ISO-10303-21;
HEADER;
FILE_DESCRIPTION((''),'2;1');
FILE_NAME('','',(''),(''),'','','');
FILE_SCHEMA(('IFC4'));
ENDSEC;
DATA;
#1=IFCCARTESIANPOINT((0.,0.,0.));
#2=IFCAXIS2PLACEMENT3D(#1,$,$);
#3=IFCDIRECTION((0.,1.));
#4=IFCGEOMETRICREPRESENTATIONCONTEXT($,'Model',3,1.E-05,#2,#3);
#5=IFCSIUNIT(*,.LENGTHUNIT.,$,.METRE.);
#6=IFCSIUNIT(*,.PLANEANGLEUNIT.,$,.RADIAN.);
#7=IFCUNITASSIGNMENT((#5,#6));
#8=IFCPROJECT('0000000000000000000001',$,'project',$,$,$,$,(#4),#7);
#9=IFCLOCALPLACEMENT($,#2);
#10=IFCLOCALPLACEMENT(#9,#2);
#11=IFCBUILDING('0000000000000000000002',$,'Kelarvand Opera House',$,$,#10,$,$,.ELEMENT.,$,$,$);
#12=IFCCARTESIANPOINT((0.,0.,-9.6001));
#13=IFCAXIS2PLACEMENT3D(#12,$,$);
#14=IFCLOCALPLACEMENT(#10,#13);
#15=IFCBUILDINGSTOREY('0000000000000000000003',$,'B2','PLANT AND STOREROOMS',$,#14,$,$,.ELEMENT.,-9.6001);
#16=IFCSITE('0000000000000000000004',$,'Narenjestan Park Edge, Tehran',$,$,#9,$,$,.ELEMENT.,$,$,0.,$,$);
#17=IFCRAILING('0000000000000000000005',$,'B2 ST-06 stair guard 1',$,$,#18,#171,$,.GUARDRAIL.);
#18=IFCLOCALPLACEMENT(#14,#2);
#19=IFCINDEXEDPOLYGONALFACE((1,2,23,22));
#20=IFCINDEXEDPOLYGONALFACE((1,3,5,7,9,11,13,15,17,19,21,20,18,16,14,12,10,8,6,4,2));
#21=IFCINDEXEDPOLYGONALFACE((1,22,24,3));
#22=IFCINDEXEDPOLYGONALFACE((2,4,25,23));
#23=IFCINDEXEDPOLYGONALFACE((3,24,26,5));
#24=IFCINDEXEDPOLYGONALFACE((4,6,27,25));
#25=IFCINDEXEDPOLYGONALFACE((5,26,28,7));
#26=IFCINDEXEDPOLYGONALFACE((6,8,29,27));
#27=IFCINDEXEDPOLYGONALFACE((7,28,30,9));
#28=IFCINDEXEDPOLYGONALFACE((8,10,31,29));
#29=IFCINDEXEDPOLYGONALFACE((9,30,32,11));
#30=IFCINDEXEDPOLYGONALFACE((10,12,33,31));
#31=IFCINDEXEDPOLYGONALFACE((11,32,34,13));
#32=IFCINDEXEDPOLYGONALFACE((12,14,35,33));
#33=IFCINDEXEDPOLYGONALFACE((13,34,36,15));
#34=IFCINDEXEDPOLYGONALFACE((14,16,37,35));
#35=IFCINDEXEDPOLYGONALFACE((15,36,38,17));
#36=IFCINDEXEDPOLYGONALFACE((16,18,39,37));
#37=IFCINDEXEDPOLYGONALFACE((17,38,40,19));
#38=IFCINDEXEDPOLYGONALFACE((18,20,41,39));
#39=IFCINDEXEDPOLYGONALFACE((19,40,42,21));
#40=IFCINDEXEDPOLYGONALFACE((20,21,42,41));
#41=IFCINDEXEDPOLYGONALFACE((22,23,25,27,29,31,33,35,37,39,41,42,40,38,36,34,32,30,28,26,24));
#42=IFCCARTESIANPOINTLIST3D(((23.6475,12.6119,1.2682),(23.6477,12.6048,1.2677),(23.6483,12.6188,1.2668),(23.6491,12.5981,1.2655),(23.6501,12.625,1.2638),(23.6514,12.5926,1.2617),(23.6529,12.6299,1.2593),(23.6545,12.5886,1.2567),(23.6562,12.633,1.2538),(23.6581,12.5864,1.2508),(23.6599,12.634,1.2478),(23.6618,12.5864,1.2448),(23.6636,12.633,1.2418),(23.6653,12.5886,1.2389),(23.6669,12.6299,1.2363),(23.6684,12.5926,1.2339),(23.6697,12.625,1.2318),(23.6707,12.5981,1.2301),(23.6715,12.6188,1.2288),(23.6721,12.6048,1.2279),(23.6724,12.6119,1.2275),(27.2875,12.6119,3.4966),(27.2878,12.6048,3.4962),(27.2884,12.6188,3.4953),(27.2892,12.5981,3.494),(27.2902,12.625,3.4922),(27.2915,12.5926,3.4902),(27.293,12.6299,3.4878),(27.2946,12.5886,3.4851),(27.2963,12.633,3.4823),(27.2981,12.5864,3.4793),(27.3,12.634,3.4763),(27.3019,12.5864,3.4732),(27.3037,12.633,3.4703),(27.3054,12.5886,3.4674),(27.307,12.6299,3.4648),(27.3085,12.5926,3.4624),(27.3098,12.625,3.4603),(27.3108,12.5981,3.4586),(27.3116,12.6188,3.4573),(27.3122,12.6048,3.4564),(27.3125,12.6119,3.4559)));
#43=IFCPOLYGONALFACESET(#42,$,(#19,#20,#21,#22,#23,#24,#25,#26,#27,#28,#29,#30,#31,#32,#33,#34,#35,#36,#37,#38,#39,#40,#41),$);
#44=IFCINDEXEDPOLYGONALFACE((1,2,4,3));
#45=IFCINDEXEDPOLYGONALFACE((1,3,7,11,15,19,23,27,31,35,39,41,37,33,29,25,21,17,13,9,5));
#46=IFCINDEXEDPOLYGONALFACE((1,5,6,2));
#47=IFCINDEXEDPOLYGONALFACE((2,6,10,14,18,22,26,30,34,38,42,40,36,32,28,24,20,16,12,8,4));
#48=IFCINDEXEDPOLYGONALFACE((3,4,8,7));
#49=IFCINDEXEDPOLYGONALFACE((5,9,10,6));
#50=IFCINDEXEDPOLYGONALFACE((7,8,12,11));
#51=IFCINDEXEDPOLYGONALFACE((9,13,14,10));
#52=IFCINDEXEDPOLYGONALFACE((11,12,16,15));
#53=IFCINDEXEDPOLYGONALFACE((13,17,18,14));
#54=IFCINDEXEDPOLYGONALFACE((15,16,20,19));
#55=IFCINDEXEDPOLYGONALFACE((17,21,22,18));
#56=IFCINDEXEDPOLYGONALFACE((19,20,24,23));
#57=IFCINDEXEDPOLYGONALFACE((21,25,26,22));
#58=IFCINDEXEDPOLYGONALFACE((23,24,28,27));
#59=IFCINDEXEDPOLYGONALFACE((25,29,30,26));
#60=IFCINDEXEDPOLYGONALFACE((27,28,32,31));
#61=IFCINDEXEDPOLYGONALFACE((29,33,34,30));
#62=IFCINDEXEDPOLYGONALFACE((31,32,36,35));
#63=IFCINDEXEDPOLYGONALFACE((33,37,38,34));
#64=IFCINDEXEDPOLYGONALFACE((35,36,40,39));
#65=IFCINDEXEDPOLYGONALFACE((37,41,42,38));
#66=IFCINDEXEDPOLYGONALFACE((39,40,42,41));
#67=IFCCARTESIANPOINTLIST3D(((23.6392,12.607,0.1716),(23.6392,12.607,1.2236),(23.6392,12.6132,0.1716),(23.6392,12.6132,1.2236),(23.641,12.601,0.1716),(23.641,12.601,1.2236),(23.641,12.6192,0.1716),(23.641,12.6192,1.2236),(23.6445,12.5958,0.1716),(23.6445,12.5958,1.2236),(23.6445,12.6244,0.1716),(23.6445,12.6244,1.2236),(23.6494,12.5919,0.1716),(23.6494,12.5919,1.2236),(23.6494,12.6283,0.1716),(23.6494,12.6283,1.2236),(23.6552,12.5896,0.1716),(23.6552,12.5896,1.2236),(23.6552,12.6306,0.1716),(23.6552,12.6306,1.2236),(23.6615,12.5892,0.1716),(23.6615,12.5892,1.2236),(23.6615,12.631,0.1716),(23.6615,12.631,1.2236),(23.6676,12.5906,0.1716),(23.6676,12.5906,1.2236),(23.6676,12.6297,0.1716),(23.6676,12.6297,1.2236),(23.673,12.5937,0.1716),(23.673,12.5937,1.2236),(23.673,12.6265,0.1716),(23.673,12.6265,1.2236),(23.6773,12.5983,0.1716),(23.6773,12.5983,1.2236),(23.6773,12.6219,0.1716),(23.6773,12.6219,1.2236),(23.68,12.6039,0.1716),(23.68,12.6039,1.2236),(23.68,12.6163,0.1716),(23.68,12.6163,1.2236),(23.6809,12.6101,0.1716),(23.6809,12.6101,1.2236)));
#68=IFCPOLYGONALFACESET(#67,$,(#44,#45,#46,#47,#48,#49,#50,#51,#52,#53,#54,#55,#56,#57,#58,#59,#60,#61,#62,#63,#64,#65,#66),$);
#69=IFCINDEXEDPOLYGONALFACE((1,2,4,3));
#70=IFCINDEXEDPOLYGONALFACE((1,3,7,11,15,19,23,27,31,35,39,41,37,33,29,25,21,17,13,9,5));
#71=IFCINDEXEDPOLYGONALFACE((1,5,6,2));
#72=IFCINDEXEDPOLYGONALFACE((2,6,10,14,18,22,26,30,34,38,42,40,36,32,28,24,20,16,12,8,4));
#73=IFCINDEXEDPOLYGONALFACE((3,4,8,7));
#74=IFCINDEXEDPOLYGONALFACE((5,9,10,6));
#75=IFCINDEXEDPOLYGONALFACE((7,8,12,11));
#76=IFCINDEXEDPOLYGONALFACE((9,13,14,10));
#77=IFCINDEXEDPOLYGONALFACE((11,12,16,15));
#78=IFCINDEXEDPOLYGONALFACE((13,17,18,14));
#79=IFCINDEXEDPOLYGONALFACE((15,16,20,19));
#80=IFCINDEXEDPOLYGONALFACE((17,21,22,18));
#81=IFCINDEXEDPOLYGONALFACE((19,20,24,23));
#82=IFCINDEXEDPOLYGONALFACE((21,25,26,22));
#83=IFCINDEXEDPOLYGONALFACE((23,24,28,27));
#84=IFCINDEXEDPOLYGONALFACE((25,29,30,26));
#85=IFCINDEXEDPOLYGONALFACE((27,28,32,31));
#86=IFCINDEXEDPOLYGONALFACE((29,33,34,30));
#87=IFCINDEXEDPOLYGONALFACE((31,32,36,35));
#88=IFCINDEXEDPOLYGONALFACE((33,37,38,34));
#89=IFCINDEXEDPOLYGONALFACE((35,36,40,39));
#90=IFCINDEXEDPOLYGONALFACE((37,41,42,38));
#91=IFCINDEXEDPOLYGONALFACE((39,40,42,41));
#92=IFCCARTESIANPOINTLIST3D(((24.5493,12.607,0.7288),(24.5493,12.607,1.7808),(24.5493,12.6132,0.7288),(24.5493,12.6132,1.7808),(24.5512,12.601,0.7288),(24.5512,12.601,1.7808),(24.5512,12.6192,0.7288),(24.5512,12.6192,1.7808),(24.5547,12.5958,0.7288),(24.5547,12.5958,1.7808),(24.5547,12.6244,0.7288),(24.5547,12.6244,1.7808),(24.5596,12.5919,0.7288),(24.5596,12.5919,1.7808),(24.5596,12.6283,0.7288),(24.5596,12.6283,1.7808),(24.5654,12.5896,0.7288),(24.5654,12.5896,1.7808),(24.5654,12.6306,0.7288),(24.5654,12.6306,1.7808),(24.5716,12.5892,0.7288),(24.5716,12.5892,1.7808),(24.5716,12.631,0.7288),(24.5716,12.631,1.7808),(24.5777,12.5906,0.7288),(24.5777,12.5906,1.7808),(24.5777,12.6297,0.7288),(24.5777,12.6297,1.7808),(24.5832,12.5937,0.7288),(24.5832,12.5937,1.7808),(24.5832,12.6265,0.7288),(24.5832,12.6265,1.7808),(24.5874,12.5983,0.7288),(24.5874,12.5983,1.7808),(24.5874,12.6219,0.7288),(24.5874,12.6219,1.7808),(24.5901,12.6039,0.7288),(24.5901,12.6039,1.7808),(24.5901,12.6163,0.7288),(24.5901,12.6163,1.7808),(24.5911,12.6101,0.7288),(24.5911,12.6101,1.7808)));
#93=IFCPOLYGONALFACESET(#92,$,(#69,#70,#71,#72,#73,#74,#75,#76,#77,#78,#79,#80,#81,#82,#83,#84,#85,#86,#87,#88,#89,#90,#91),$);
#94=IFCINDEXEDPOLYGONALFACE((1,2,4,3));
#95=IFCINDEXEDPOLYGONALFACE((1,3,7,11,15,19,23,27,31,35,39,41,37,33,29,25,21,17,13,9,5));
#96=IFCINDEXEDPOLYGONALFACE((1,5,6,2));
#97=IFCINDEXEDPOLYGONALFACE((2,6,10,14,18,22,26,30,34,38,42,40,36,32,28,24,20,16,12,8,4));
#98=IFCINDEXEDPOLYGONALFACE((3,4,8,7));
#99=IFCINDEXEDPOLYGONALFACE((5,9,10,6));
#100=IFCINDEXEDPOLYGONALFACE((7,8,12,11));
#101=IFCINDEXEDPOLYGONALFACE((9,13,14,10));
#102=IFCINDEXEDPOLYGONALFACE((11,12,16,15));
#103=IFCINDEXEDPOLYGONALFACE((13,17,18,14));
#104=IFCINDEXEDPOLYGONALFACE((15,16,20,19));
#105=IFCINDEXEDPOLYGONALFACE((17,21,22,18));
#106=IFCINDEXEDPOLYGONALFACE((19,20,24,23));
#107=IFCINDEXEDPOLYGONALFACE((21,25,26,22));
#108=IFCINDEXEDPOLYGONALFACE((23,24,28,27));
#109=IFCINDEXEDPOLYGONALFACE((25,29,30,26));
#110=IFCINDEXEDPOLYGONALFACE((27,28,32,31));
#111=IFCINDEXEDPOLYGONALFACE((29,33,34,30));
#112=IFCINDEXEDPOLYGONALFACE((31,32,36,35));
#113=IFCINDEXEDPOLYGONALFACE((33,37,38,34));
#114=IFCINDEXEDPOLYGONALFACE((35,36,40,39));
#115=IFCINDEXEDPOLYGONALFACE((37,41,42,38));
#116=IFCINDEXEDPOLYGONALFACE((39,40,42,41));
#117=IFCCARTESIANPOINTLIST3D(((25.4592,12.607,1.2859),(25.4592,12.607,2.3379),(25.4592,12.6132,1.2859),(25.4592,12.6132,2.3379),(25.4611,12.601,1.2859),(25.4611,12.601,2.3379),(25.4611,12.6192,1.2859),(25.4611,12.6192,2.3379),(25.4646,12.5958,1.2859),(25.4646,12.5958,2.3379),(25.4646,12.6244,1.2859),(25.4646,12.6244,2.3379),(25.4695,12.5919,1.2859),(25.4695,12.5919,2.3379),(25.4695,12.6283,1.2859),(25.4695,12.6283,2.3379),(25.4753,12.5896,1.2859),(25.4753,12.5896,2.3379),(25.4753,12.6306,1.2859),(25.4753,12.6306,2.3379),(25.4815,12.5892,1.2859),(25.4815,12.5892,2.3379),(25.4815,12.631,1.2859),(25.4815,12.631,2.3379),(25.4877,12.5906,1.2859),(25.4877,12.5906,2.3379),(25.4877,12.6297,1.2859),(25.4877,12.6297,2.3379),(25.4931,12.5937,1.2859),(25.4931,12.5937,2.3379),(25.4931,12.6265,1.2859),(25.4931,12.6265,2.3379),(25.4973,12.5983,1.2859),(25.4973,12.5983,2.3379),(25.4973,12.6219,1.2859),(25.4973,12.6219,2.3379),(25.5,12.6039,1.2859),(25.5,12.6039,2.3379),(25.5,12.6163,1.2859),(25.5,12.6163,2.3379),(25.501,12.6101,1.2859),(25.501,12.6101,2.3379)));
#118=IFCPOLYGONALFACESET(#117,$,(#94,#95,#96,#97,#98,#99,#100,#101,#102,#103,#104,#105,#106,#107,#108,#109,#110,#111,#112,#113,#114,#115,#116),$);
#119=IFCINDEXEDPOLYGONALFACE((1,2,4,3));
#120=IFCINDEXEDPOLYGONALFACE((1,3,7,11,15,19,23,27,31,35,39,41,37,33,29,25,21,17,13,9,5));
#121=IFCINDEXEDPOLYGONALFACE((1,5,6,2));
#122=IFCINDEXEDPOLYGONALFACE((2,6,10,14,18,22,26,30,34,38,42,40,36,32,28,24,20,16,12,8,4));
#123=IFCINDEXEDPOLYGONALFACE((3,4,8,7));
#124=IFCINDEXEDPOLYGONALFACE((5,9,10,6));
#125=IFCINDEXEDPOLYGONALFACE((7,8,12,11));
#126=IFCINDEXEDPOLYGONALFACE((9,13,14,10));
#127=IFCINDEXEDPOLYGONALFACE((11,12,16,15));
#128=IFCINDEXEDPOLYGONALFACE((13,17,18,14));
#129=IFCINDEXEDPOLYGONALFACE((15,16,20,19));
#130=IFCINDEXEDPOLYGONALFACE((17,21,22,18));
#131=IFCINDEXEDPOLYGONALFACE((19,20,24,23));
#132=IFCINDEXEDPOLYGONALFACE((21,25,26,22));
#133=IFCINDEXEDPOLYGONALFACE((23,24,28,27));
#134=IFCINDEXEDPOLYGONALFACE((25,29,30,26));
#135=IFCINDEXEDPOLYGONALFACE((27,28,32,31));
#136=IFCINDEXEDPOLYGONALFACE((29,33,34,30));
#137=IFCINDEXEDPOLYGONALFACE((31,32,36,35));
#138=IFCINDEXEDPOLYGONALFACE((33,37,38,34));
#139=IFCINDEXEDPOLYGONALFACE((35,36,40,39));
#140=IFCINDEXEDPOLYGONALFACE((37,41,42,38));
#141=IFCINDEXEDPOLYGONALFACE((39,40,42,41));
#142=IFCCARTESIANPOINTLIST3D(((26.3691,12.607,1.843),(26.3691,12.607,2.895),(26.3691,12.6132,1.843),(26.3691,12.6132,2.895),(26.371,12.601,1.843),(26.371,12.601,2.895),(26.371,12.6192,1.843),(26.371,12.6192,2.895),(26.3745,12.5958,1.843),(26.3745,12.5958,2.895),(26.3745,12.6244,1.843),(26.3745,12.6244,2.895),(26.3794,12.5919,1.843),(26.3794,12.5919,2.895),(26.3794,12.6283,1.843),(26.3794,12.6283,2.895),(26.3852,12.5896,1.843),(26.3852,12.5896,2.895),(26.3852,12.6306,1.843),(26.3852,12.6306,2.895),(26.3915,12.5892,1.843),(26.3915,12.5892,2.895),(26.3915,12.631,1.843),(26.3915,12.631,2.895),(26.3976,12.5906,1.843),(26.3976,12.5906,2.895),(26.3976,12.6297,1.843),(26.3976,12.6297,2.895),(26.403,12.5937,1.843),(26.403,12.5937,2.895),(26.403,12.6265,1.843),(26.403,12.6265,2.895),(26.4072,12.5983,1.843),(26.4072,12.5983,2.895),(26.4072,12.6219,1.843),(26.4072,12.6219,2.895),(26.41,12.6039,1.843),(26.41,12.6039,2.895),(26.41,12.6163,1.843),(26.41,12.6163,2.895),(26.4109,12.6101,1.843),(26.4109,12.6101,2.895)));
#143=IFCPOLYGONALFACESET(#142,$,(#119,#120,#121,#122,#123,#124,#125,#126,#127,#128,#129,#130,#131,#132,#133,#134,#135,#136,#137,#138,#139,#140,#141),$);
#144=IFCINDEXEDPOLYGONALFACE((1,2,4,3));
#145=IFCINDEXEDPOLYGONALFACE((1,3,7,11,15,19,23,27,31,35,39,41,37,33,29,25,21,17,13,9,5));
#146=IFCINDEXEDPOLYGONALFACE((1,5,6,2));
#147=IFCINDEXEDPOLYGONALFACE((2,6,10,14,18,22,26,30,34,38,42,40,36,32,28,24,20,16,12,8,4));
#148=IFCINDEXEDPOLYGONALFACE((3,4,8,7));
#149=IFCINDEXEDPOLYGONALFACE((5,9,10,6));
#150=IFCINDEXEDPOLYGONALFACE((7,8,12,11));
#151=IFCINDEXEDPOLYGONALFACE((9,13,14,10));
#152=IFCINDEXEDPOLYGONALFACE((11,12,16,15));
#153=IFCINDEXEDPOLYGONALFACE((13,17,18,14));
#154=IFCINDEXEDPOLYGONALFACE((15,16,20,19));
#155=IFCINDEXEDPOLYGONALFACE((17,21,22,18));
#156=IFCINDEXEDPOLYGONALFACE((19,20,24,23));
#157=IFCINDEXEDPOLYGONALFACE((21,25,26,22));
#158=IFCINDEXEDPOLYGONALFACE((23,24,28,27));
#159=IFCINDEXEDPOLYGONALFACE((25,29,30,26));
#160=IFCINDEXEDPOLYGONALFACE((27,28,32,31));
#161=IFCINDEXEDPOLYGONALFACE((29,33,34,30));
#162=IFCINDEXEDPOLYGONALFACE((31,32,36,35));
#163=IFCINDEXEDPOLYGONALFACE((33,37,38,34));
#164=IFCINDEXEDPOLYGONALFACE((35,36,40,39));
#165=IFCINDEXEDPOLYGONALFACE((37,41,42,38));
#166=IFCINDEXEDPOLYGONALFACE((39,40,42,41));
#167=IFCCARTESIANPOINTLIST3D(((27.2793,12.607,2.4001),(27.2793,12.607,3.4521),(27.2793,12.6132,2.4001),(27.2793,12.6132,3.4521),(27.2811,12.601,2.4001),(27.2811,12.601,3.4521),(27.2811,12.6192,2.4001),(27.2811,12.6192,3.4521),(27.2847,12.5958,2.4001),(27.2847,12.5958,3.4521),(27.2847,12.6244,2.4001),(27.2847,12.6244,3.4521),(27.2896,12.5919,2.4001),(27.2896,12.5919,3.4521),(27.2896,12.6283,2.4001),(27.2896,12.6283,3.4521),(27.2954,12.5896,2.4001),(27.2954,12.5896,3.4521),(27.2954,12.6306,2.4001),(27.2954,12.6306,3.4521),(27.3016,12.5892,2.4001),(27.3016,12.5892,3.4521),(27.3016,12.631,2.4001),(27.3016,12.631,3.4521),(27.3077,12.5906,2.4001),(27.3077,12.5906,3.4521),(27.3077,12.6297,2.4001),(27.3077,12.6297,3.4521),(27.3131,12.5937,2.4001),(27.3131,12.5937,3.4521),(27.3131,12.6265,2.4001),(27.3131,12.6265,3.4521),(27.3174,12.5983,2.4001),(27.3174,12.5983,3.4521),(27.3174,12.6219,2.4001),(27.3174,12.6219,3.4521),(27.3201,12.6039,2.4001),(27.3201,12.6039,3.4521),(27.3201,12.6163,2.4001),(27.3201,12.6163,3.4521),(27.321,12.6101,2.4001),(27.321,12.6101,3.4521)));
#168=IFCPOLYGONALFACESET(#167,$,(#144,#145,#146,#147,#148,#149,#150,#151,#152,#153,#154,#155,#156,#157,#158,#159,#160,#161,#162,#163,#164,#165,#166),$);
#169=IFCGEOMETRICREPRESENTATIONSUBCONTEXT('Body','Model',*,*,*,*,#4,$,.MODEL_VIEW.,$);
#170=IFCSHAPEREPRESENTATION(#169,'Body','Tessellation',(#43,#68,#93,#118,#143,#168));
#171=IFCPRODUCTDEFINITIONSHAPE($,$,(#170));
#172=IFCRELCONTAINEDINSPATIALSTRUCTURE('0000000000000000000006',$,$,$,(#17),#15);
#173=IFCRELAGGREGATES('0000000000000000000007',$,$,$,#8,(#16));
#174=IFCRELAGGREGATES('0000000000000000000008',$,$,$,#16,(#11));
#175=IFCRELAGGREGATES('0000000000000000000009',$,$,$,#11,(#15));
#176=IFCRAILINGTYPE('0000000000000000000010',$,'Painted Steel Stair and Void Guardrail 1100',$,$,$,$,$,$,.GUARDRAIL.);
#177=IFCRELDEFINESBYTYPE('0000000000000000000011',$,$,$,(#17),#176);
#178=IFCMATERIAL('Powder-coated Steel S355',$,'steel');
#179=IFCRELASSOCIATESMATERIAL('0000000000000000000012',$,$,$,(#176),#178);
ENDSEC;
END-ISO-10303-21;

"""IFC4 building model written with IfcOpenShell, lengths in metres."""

from ifc_helpers import new_model, si_unit, direction, frame, origin, origin_2d, place, context, subcontext, project, spatial, circle, extrude, material, type_object, element, save


model = new_model("IFC4")

# Units and contexts
model_context = context("Model", 3, precision=1e-05, world=origin(), true_north=direction((0.0, 1.0)))
body_context = subcontext(model_context, "Body", "Model", "MODEL_VIEW")
ifc_project = project(units=[si_unit("LENGTHUNIT", "METRE"), si_unit("PLANEANGLEUNIT", "RADIAN")], contexts=[model_context])

# Site, building, storey
site_placement = place(None, origin())
site = spatial("IfcSite", under=ifc_project, at=site_placement, Name="Narenjestan Park Edge, Tehran", CompositionType="ELEMENT", RefElevation=0.0)
building_placement = place(site_placement, origin())
building = spatial("IfcBuilding", under=site, at=building_placement, Name="Kelarvand Opera House", CompositionType="ELEMENT")
storey_placement = place(building_placement, frame((0.0, 0.0, -9.6001)))
storey = spatial("IfcBuildingStorey", under=building, at=storey_placement, Name="B2", Description="PLANT AND STOREROOMS", CompositionType="ELEMENT", Elevation=-9.6001)

# Railing
ifc_material_1 = material(Name="Powder-coated Steel S355", Category="steel")
railing_type_1 = type_object("IfcRailingType", Name="Painted Steel Stair and Void Guardrail 1100", PredefinedType="GUARDRAIL", material=ifc_material_1)
railing_1_placement = place(storey_placement, frame((23.6599, 12.6101, 0.1716)))
element("IfcRailing", 1, at=railing_1_placement, inside=storey, type_object=railing_type_1, Name="B2 ST-06 stair guard 1", PredefinedType="GUARDRAIL", context=body_context, shape_type="SweptSolid", body=[
    extrude(circle(Radius=0.0239, at=origin_2d()), frame((0.0, 0.0, 1.0762), z_axis=(0.852866, 0.0, 0.52213), x_axis=(0.0, 1.0, 0.0)), (0.0, 0.0, 1.0), 4.2681),
    extrude(circle(Radius=0.021, at=origin_2d()), origin(), (0.0, 0.0, 1.0), 1.052),
    extrude(circle(Radius=0.021, at=origin_2d()), frame((0.9102, 0.0, 0.5571)), (0.0, 0.0, 1.0), 1.052),
    extrude(circle(Radius=0.021, at=origin_2d()), frame((1.8201, 0.0, 1.1143)), (0.0, 0.0, 1.0), 1.052),
    extrude(circle(Radius=0.021, at=origin_2d()), frame((2.73, 0.0, 1.6714)), (0.0, 0.0, 1.0), 1.052),
    extrude(circle(Radius=0.021, at=origin_2d()), frame((3.6401, 0.0, 2.2285)), (0.0, 0.0, 1.0), 1.052),
])

save(model, "model.ifc")
